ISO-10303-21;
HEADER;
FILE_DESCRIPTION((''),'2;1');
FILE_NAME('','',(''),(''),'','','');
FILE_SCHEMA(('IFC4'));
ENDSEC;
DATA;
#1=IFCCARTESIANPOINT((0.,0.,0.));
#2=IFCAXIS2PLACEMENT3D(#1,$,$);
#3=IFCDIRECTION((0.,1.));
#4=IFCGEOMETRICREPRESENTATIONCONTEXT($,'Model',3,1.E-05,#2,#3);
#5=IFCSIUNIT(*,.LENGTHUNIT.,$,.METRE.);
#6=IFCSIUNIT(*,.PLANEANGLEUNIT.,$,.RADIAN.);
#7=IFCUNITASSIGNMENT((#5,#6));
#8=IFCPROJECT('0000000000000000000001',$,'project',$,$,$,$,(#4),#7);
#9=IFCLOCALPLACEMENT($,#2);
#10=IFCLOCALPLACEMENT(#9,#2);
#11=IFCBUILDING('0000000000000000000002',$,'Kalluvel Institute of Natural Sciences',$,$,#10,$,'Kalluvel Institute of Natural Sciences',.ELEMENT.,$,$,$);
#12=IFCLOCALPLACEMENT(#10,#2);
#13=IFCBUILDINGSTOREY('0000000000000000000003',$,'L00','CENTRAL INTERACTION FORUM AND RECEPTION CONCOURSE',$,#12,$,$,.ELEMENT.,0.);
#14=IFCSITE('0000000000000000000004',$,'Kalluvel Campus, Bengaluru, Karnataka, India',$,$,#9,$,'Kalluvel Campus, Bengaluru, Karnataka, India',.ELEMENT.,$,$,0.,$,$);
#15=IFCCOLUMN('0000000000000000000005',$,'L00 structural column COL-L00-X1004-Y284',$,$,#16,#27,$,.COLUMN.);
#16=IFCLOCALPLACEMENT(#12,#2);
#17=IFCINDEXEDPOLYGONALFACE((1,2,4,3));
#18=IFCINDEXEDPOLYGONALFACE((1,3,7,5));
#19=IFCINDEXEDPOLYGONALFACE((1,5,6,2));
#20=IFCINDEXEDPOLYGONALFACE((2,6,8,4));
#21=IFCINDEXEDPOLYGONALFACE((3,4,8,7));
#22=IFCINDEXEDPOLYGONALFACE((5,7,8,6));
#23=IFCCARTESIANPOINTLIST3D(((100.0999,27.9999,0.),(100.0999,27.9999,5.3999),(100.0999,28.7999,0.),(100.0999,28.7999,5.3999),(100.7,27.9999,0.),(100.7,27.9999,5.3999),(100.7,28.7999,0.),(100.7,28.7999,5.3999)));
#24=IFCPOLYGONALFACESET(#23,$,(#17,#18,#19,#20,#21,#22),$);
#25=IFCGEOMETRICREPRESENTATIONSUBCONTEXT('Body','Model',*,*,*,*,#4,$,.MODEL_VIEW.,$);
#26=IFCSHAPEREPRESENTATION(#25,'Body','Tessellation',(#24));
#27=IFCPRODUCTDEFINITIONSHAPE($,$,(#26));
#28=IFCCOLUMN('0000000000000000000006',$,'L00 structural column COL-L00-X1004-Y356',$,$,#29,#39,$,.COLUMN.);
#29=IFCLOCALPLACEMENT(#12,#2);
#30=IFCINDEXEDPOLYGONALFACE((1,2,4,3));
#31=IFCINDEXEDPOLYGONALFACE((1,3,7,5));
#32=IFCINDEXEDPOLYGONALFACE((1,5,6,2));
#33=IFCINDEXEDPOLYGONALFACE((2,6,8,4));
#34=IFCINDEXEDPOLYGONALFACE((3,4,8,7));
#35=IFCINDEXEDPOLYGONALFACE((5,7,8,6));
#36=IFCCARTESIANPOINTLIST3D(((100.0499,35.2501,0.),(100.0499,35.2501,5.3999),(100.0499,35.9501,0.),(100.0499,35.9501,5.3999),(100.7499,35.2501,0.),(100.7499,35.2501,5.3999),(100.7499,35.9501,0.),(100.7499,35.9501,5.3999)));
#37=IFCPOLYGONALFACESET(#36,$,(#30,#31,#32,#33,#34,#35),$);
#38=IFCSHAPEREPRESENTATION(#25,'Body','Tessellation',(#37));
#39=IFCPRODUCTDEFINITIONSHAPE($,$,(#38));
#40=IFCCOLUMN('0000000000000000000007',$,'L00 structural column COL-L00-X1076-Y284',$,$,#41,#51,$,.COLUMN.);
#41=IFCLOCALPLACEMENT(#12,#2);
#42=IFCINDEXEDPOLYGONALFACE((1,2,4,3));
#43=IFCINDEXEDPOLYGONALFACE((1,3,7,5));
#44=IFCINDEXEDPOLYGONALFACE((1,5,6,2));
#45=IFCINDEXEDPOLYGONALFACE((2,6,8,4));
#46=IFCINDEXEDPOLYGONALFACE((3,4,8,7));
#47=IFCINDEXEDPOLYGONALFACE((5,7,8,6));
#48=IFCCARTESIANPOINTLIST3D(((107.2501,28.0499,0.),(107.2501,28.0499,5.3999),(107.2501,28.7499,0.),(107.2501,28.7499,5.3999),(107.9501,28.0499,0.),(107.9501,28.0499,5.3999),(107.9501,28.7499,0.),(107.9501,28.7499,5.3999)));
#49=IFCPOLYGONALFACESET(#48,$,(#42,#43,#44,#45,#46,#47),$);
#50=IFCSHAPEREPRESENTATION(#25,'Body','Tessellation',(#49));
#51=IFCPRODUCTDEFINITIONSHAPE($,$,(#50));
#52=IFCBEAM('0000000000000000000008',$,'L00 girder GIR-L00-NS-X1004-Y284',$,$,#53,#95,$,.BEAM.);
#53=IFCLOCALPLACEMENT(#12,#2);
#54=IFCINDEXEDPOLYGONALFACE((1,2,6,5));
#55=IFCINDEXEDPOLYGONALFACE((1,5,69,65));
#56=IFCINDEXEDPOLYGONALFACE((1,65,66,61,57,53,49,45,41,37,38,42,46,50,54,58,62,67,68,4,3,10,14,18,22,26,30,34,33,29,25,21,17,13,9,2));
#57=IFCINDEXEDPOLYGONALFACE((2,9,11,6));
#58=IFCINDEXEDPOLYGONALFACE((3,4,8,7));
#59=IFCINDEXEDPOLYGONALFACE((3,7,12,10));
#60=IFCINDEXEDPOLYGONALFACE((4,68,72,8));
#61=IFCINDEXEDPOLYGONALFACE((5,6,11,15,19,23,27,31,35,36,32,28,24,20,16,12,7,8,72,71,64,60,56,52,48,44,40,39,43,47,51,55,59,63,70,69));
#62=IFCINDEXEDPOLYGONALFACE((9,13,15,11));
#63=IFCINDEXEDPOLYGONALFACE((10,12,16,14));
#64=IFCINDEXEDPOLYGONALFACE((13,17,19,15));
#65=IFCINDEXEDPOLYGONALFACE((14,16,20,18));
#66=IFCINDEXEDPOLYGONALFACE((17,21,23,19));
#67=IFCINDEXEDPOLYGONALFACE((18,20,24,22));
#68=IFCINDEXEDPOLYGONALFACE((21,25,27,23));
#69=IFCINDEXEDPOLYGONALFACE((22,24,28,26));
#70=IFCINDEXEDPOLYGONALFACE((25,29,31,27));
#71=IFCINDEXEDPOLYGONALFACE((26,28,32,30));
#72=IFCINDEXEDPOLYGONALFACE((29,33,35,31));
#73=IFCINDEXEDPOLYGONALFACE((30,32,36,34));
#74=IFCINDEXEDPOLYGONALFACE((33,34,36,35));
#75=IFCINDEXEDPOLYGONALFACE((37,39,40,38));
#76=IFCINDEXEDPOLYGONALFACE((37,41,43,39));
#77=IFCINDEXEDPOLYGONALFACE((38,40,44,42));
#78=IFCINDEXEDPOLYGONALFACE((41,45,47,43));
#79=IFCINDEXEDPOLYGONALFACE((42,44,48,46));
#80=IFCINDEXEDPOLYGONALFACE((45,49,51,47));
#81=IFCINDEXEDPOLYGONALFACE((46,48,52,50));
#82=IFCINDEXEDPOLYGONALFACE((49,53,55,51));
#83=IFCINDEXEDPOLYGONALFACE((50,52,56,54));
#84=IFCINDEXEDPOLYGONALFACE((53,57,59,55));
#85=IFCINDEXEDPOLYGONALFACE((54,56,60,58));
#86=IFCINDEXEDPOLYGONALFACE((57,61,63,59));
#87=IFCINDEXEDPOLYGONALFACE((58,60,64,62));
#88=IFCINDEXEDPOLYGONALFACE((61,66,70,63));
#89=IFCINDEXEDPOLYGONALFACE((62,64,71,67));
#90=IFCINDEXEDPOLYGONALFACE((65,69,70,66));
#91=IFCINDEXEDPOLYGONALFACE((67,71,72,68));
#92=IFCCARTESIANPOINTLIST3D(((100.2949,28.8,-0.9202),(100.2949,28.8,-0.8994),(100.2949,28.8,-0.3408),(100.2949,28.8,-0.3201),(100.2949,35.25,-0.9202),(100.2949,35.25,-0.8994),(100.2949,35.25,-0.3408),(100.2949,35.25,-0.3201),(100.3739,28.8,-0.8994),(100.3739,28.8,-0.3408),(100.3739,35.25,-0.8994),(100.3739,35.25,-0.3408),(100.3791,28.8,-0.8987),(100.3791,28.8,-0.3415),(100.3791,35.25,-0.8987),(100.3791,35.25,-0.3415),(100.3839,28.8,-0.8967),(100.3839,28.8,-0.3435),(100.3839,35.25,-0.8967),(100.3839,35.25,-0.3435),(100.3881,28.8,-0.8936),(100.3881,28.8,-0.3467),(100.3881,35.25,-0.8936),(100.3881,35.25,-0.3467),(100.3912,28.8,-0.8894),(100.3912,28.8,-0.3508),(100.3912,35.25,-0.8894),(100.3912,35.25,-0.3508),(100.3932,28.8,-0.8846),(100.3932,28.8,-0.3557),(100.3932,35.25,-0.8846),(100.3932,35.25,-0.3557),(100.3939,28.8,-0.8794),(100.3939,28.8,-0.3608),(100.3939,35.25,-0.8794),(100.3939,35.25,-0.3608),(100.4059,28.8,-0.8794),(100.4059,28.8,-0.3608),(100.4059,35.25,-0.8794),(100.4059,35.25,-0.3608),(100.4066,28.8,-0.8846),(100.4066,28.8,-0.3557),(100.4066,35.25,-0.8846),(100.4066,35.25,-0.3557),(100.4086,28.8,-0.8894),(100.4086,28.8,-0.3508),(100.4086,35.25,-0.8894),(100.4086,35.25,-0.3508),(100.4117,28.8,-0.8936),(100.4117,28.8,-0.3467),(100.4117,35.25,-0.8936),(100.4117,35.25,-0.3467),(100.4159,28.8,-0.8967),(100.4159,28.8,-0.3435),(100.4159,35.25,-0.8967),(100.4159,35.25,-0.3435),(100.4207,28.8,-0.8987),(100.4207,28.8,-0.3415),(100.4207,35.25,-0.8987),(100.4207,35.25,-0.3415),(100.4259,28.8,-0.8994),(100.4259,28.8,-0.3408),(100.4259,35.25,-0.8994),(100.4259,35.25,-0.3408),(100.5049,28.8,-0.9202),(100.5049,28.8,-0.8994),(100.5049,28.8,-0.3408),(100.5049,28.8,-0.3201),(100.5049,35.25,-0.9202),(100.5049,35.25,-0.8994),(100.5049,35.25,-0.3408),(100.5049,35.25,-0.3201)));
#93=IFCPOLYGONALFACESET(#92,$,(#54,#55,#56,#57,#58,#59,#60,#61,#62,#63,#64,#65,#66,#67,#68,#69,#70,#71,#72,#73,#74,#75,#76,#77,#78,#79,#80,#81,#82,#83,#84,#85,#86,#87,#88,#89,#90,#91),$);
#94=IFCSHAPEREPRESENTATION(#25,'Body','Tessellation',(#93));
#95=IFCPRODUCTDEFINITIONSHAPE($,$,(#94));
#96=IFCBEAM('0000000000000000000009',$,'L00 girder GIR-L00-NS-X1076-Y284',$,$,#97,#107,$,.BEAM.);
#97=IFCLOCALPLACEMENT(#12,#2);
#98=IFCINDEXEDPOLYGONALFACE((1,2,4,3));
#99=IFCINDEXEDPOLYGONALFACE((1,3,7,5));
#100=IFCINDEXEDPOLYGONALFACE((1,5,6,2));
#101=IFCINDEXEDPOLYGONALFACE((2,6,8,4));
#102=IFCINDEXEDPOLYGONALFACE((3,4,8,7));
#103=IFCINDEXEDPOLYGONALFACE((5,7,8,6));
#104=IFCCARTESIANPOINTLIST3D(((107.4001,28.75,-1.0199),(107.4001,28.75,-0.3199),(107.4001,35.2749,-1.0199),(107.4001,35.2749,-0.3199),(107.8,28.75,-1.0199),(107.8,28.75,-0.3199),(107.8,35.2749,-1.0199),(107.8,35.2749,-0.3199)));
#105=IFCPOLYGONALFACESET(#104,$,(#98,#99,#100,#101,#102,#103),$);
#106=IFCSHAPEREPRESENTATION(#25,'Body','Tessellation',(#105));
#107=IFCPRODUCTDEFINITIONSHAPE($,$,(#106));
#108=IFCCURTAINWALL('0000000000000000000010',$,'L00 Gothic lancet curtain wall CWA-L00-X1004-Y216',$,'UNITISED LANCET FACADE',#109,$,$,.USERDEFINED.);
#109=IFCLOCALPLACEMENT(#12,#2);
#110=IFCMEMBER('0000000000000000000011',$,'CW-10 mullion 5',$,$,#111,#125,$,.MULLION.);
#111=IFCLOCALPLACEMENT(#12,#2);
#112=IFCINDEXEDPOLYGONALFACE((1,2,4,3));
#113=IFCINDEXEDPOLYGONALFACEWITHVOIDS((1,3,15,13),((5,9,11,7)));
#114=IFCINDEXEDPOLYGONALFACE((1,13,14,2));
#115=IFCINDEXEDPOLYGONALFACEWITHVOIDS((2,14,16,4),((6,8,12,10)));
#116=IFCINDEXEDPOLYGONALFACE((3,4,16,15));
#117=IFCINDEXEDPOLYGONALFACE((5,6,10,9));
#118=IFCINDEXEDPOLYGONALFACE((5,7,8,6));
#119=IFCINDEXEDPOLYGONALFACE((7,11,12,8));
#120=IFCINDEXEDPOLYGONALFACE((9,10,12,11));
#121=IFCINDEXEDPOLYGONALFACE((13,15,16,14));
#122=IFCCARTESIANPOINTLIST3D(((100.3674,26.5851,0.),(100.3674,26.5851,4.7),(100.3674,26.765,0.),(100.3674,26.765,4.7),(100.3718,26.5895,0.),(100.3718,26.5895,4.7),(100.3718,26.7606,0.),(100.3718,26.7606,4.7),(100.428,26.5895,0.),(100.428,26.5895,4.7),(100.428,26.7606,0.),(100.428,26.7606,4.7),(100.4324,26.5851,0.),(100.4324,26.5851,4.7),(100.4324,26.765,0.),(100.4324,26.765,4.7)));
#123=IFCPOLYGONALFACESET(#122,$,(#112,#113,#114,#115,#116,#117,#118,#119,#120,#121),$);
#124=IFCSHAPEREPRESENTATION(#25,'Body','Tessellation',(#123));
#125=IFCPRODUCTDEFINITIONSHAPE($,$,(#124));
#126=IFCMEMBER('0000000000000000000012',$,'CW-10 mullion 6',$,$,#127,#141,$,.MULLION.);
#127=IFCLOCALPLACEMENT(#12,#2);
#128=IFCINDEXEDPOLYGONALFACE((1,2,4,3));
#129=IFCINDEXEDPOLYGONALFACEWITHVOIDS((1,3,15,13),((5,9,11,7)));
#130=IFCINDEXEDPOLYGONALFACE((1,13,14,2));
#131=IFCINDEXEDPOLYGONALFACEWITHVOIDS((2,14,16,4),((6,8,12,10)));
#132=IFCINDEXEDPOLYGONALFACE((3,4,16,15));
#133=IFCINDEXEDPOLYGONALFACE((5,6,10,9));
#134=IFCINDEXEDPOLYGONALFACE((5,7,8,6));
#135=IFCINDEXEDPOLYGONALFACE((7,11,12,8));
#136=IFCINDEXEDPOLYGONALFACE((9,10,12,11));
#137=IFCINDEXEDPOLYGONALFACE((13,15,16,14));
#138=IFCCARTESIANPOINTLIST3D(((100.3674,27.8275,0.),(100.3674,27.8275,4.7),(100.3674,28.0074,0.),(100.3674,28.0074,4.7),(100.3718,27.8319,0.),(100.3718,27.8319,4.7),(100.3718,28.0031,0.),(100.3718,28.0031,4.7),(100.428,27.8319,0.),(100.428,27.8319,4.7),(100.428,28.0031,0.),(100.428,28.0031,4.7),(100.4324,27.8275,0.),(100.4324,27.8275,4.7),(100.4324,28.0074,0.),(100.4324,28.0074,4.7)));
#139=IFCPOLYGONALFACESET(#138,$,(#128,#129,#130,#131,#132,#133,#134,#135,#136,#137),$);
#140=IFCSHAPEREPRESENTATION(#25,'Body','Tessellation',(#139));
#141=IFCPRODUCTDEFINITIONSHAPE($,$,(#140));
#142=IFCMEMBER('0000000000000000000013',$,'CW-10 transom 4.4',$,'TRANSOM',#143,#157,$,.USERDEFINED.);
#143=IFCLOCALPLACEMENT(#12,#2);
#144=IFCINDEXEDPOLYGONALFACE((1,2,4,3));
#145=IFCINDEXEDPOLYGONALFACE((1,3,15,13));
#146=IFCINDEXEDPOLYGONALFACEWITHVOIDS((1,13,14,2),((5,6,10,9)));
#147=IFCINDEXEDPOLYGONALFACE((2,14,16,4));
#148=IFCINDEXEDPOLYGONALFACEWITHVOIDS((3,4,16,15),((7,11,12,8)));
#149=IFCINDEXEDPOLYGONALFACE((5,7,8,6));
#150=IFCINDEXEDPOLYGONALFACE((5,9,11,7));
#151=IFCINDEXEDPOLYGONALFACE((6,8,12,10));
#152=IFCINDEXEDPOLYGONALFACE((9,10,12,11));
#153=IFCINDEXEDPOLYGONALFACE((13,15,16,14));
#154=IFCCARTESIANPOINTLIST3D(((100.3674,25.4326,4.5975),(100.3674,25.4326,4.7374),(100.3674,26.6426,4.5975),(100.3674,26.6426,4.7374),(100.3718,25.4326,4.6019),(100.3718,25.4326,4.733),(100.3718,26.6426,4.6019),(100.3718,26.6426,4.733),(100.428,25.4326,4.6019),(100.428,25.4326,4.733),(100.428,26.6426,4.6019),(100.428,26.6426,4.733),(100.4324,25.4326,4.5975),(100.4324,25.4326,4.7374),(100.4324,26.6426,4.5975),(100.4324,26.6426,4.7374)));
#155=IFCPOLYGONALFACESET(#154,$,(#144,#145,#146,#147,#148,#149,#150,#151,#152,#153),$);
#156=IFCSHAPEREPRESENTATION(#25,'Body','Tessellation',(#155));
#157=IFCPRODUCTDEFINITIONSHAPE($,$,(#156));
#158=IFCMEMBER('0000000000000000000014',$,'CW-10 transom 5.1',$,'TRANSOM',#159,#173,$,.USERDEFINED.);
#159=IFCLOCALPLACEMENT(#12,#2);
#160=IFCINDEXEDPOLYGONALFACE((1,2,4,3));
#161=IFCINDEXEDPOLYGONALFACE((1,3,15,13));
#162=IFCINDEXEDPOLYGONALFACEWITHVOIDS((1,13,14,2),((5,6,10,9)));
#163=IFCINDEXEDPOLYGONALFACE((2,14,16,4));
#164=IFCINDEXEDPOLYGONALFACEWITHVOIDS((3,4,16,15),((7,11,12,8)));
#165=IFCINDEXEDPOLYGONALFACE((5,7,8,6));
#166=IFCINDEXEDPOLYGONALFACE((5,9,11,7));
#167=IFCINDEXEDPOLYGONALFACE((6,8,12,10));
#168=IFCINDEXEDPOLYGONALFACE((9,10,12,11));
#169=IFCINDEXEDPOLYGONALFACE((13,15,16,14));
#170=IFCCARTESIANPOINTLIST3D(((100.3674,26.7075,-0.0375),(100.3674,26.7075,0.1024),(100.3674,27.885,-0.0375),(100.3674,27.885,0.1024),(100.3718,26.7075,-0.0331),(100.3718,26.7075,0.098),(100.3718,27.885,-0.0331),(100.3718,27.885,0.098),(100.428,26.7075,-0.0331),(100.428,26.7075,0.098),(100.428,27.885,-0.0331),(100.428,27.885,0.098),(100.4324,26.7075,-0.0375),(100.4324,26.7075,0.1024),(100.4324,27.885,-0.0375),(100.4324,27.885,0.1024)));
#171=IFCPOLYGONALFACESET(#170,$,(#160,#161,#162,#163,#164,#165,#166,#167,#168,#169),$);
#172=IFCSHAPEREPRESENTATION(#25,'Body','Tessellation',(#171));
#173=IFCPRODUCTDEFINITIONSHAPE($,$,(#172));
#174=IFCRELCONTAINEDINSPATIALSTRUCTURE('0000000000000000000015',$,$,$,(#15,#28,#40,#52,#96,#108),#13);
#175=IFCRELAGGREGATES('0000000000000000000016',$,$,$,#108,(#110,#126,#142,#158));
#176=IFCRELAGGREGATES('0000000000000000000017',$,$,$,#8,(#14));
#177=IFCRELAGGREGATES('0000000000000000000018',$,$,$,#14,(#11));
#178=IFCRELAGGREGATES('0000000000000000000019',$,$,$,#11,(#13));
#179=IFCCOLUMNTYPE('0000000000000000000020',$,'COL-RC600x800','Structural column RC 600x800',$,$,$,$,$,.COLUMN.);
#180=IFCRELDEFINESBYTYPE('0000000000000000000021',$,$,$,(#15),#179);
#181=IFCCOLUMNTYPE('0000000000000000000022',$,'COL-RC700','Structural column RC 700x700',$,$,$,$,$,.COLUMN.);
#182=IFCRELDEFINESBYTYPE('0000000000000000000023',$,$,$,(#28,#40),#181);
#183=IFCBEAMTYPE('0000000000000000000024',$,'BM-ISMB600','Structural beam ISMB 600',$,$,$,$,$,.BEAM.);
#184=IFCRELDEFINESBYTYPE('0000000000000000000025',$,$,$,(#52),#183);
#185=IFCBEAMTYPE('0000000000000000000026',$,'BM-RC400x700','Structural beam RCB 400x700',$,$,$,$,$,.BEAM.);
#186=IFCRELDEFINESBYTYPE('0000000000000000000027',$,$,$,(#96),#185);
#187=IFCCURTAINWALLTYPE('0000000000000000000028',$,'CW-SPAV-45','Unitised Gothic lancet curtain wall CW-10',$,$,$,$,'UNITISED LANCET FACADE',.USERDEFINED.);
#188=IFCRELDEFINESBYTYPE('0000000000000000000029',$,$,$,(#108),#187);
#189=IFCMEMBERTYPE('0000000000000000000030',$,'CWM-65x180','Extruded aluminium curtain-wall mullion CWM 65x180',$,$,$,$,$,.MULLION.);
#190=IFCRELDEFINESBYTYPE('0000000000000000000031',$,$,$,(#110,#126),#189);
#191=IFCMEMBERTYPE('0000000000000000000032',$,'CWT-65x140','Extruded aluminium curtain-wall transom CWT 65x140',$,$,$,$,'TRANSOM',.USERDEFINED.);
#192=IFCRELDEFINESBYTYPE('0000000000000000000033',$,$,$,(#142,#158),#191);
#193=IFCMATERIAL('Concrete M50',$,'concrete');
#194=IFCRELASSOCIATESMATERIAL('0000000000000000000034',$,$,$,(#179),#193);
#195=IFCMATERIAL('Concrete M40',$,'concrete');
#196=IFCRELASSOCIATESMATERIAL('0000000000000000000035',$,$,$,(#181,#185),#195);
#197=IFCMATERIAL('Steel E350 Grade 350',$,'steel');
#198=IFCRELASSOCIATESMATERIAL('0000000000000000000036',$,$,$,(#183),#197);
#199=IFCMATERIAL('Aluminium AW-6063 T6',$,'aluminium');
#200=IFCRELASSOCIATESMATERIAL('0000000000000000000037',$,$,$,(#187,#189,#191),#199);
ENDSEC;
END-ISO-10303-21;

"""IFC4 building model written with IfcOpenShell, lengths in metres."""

from ifc_helpers import new_model, si_unit, direction, frame, origin, origin_2d, place, context, subcontext, project, spatial, rectangle, hollow_rectangle, i_section, extrude, material, material_profile, profile_set, type_object, element, aggregate, save


model = new_model("IFC4")

# Units and contexts
model_context = context("Model", 3, precision=1e-05, world=origin(), true_north=direction((0.0, 1.0)))
body_context = subcontext(model_context, "Body", "Model", "MODEL_VIEW")
ifc_project = project(units=[si_unit("LENGTHUNIT", "METRE"), si_unit("PLANEANGLEUNIT", "RADIAN")], contexts=[model_context])

# Site, building, storey
site_placement = place(None, origin())
site = spatial("IfcSite", under=ifc_project, at=site_placement, Name="Kalluvel Campus, Bengaluru, Karnataka, India", LongName="Kalluvel Campus, Bengaluru, Karnataka, India", CompositionType="ELEMENT", RefElevation=0.0)
building_placement = place(site_placement, origin())
building = spatial("IfcBuilding", under=site, at=building_placement, Name="Kalluvel Institute of Natural Sciences", LongName="Kalluvel Institute of Natural Sciences", CompositionType="ELEMENT")
storey_placement = place(building_placement, origin())
storey = spatial("IfcBuildingStorey", under=building, at=storey_placement, Name="L00", Description="CENTRAL INTERACTION FORUM AND RECEPTION CONCOURSE", CompositionType="ELEMENT", Elevation=0.0)

# Columns
ifc_material_1 = material(Name="Concrete M50", Category="concrete")
ifc_material_profile_1 = material_profile(ifc_material_1, rectangle(XDim=0.6001, YDim=0.8, at=origin_2d()), Name="RC 600x800")
ifc_profile_set_1 = profile_set([ifc_material_profile_1], Name="Concrete M50")
column_type_1 = type_object("IfcColumnType", Name="COL-RC600x800", Description="Structural column RC 600x800", PredefinedType="COLUMN", material=ifc_profile_set_1)
column_placement = place(storey_placement, frame((100.3999, 28.3999, 0.0), z_axis=(0.0, 0.0, 1.0), x_axis=(1.0, 0.0, 0.0)))
element("IfcColumn", 1, at=column_placement, inside=storey, type_object=column_type_1, Name="L00 structural column COL-L00-X1004-Y284", PredefinedType="COLUMN", context=body_context, shape_type="SweptSolid", body=[
    extrude(rectangle(XDim=0.6001, YDim=0.8, at=origin_2d()), origin(), (0.0, 0.0, 1.0), 5.3999),
])
ifc_material_2 = material(Name="Concrete M40", Category="concrete")
ifc_material_profile_2 = material_profile(ifc_material_2, rectangle(XDim=0.7, YDim=0.7, at=origin_2d()), Name="RC 700x700")
ifc_profile_set_2 = profile_set([ifc_material_profile_2], Name="Concrete M40")
column_type_2 = type_object("IfcColumnType", Name="COL-RC700", Description="Structural column RC 700x700", PredefinedType="COLUMN", material=ifc_profile_set_2)
for number, where, z_axis, x_axis, name in (
    (2, (100.3999, 35.6001, 0.0), (0.0, 0.0, 1.0), (1.0, 0.0, 0.0), "L00 structural column COL-L00-X1004-Y356"),
    (3, (107.6001, 28.3999, 0.0), (0.0, 0.0, 1.0), (1.0, 0.0, 0.0), "L00 structural column COL-L00-X1076-Y284"),
):
    element("IfcColumn", number, at=place(storey_placement, frame(where, z_axis=z_axis, x_axis=x_axis)), inside=storey, type_object=column_type_2, Name=name, PredefinedType="COLUMN", context=body_context, shape_type="SweptSolid", body=[
        extrude(rectangle(XDim=0.7, YDim=0.7, at=origin_2d()), origin(), (0.0, 0.0, 1.0), 5.3999),
    ])

# Beams
ifc_material_3 = material(Name="Steel E350 Grade 350", Category="steel")
ifc_material_profile_3 = material_profile(ifc_material_3, i_section(OverallWidth=0.21, OverallDepth=0.6001, WebThickness=0.012, FlangeThickness=0.0208, FilletRadius=0.02, at=origin_2d()), Name="ISMB 600")
ifc_profile_set_3 = profile_set([ifc_material_profile_3], Name="Steel E350 Grade 350")
beam_type_1 = type_object("IfcBeamType", Name="BM-ISMB600", Description="Structural beam ISMB 600", PredefinedType="BEAM", material=ifc_profile_set_3)
beam_1_placement = place(storey_placement, frame((100.3999, 28.8, -0.6201), z_axis=(0.0, 1.0, 0.0), x_axis=(-1.0, 0.0, 0.0)))
element("IfcBeam", 4, at=beam_1_placement, inside=storey, type_object=beam_type_1, Name="L00 girder GIR-L00-NS-X1004-Y284", PredefinedType="BEAM", context=body_context, shape_type="SweptSolid", body=[
    extrude(i_section(OverallWidth=0.21, OverallDepth=0.6001, WebThickness=0.012, FlangeThickness=0.0208, FilletRadius=0.02, at=origin_2d()), origin(), (0.0, 0.0, 1.0), 6.45),
])
ifc_material_profile_4 = material_profile(ifc_material_2, rectangle(XDim=0.3999, YDim=0.7, at=origin_2d()), Name="RCB 400x700")
ifc_profile_set_4 = profile_set([ifc_material_profile_4], Name="Concrete M40")
beam_type_2 = type_object("IfcBeamType", Name="BM-RC400x700", Description="Structural beam RCB 400x700", PredefinedType="BEAM", material=ifc_profile_set_4)
beam_2_placement = place(storey_placement, frame((107.6001, 28.75, -0.6699), z_axis=(0.0, 1.0, 0.0), x_axis=(-1.0, 0.0, 0.0)))
element("IfcBeam", 5, at=beam_2_placement, inside=storey, type_object=beam_type_2, Name="L00 girder GIR-L00-NS-X1076-Y284", PredefinedType="BEAM", context=body_context, shape_type="SweptSolid", body=[
    extrude(rectangle(XDim=0.3999, YDim=0.7, at=origin_2d()), origin(), (0.0, 0.0, 1.0), 6.5249),
])

# Curtain wall, members
ifc_material_4 = material(Name="Aluminium AW-6063 T6", Category="aluminium")
curtain_wall_type = type_object("IfcCurtainWallType", Name="CW-SPAV-45", Description="Unitised Gothic lancet curtain wall CW-10", ElementType="UNITISED LANCET FACADE", PredefinedType="USERDEFINED", material=ifc_material_4)
curtain_wall_placement = place(storey_placement, origin())
curtain_wall = element("IfcCurtainWall", 6, at=curtain_wall_placement, inside=storey, type_object=curtain_wall_type, Name="L00 Gothic lancet curtain wall CWA-L00-X1004-Y216", ObjectType="UNITISED LANCET FACADE", PredefinedType="USERDEFINED")
ifc_material_profile_5 = material_profile(ifc_material_4, hollow_rectangle(XDim=0.0649, YDim=0.1799, WallThickness=0.0044, at=origin_2d()), Name="CWM 65x180")
ifc_profile_set_5 = profile_set([ifc_material_profile_5], Name="Aluminium AW-6063 T6")
member_type_1 = type_object("IfcMemberType", Name="CWM-65x180", Description="Extruded aluminium curtain-wall mullion CWM 65x180", PredefinedType="MULLION", material=ifc_profile_set_5)
member_1_placement = place(storey_placement, frame((100.3999, 26.675, 0.0), z_axis=(0.0, 0.0, 1.0), x_axis=(-1.0, 0.0, 0.0)))
member_1 = element("IfcMember", 7, at=member_1_placement, type_object=member_type_1, Name="CW-10 mullion 5", PredefinedType="MULLION", context=body_context, shape_type="SweptSolid", body=[
    extrude(hollow_rectangle(XDim=0.0649, YDim=0.1799, WallThickness=0.0044, at=origin_2d()), origin(), (0.0, 0.0, 1.0), 4.7),
])
member_2_placement = place(storey_placement, frame((100.3999, 27.9175, 0.0), z_axis=(0.0, 0.0, 1.0), x_axis=(-1.0, 0.0, 0.0)))
member_2 = element("IfcMember", 8, at=member_2_placement, type_object=member_type_1, Name="CW-10 mullion 6", PredefinedType="MULLION", context=body_context, shape_type="SweptSolid", body=[
    extrude(hollow_rectangle(XDim=0.0649, YDim=0.1799, WallThickness=0.0044, at=origin_2d()), origin(), (0.0, 0.0, 1.0), 4.7),
])
ifc_material_profile_6 = material_profile(ifc_material_4, hollow_rectangle(XDim=0.0649, YDim=0.1399, WallThickness=0.0044, at=origin_2d()), Name="CWT 65x140")
ifc_profile_set_6 = profile_set([ifc_material_profile_6], Name="Aluminium AW-6063 T6")
member_type_2 = type_object("IfcMemberType", Name="CWT-65x140", Description="Extruded aluminium curtain-wall transom CWT 65x140", ElementType="TRANSOM", PredefinedType="USERDEFINED", material=ifc_profile_set_6)
member_3_placement = place(storey_placement, frame((100.3999, 25.4326, 4.6675), z_axis=(0.0, 1.0, 0.0), x_axis=(-1.0, 0.0, 0.0)))
member_3 = element("IfcMember", 9, at=member_3_placement, type_object=member_type_2, Name="CW-10 transom 4.4", ObjectType="TRANSOM", PredefinedType="USERDEFINED", context=body_context, shape_type="SweptSolid", body=[
    extrude(hollow_rectangle(XDim=0.0649, YDim=0.1399, WallThickness=0.0044, at=origin_2d()), origin(), (0.0, 0.0, 1.0), 1.21),
])
member_4_placement = place(storey_placement, frame((100.3999, 26.7075, 0.0325), z_axis=(0.0, 1.0, 0.0), x_axis=(-1.0, 0.0, 0.0)))
member_4 = element("IfcMember", 10, at=member_4_placement, type_object=member_type_2, Name="CW-10 transom 5.1", ObjectType="TRANSOM", PredefinedType="USERDEFINED", context=body_context, shape_type="SweptSolid", body=[
    extrude(hollow_rectangle(XDim=0.0649, YDim=0.1399, WallThickness=0.0044, at=origin_2d()), origin(), (0.0, 0.0, 1.0), 1.1775),
])

aggregate(curtain_wall, [member_1, member_2, member_3, member_4])

save(model, "model.ifc")
